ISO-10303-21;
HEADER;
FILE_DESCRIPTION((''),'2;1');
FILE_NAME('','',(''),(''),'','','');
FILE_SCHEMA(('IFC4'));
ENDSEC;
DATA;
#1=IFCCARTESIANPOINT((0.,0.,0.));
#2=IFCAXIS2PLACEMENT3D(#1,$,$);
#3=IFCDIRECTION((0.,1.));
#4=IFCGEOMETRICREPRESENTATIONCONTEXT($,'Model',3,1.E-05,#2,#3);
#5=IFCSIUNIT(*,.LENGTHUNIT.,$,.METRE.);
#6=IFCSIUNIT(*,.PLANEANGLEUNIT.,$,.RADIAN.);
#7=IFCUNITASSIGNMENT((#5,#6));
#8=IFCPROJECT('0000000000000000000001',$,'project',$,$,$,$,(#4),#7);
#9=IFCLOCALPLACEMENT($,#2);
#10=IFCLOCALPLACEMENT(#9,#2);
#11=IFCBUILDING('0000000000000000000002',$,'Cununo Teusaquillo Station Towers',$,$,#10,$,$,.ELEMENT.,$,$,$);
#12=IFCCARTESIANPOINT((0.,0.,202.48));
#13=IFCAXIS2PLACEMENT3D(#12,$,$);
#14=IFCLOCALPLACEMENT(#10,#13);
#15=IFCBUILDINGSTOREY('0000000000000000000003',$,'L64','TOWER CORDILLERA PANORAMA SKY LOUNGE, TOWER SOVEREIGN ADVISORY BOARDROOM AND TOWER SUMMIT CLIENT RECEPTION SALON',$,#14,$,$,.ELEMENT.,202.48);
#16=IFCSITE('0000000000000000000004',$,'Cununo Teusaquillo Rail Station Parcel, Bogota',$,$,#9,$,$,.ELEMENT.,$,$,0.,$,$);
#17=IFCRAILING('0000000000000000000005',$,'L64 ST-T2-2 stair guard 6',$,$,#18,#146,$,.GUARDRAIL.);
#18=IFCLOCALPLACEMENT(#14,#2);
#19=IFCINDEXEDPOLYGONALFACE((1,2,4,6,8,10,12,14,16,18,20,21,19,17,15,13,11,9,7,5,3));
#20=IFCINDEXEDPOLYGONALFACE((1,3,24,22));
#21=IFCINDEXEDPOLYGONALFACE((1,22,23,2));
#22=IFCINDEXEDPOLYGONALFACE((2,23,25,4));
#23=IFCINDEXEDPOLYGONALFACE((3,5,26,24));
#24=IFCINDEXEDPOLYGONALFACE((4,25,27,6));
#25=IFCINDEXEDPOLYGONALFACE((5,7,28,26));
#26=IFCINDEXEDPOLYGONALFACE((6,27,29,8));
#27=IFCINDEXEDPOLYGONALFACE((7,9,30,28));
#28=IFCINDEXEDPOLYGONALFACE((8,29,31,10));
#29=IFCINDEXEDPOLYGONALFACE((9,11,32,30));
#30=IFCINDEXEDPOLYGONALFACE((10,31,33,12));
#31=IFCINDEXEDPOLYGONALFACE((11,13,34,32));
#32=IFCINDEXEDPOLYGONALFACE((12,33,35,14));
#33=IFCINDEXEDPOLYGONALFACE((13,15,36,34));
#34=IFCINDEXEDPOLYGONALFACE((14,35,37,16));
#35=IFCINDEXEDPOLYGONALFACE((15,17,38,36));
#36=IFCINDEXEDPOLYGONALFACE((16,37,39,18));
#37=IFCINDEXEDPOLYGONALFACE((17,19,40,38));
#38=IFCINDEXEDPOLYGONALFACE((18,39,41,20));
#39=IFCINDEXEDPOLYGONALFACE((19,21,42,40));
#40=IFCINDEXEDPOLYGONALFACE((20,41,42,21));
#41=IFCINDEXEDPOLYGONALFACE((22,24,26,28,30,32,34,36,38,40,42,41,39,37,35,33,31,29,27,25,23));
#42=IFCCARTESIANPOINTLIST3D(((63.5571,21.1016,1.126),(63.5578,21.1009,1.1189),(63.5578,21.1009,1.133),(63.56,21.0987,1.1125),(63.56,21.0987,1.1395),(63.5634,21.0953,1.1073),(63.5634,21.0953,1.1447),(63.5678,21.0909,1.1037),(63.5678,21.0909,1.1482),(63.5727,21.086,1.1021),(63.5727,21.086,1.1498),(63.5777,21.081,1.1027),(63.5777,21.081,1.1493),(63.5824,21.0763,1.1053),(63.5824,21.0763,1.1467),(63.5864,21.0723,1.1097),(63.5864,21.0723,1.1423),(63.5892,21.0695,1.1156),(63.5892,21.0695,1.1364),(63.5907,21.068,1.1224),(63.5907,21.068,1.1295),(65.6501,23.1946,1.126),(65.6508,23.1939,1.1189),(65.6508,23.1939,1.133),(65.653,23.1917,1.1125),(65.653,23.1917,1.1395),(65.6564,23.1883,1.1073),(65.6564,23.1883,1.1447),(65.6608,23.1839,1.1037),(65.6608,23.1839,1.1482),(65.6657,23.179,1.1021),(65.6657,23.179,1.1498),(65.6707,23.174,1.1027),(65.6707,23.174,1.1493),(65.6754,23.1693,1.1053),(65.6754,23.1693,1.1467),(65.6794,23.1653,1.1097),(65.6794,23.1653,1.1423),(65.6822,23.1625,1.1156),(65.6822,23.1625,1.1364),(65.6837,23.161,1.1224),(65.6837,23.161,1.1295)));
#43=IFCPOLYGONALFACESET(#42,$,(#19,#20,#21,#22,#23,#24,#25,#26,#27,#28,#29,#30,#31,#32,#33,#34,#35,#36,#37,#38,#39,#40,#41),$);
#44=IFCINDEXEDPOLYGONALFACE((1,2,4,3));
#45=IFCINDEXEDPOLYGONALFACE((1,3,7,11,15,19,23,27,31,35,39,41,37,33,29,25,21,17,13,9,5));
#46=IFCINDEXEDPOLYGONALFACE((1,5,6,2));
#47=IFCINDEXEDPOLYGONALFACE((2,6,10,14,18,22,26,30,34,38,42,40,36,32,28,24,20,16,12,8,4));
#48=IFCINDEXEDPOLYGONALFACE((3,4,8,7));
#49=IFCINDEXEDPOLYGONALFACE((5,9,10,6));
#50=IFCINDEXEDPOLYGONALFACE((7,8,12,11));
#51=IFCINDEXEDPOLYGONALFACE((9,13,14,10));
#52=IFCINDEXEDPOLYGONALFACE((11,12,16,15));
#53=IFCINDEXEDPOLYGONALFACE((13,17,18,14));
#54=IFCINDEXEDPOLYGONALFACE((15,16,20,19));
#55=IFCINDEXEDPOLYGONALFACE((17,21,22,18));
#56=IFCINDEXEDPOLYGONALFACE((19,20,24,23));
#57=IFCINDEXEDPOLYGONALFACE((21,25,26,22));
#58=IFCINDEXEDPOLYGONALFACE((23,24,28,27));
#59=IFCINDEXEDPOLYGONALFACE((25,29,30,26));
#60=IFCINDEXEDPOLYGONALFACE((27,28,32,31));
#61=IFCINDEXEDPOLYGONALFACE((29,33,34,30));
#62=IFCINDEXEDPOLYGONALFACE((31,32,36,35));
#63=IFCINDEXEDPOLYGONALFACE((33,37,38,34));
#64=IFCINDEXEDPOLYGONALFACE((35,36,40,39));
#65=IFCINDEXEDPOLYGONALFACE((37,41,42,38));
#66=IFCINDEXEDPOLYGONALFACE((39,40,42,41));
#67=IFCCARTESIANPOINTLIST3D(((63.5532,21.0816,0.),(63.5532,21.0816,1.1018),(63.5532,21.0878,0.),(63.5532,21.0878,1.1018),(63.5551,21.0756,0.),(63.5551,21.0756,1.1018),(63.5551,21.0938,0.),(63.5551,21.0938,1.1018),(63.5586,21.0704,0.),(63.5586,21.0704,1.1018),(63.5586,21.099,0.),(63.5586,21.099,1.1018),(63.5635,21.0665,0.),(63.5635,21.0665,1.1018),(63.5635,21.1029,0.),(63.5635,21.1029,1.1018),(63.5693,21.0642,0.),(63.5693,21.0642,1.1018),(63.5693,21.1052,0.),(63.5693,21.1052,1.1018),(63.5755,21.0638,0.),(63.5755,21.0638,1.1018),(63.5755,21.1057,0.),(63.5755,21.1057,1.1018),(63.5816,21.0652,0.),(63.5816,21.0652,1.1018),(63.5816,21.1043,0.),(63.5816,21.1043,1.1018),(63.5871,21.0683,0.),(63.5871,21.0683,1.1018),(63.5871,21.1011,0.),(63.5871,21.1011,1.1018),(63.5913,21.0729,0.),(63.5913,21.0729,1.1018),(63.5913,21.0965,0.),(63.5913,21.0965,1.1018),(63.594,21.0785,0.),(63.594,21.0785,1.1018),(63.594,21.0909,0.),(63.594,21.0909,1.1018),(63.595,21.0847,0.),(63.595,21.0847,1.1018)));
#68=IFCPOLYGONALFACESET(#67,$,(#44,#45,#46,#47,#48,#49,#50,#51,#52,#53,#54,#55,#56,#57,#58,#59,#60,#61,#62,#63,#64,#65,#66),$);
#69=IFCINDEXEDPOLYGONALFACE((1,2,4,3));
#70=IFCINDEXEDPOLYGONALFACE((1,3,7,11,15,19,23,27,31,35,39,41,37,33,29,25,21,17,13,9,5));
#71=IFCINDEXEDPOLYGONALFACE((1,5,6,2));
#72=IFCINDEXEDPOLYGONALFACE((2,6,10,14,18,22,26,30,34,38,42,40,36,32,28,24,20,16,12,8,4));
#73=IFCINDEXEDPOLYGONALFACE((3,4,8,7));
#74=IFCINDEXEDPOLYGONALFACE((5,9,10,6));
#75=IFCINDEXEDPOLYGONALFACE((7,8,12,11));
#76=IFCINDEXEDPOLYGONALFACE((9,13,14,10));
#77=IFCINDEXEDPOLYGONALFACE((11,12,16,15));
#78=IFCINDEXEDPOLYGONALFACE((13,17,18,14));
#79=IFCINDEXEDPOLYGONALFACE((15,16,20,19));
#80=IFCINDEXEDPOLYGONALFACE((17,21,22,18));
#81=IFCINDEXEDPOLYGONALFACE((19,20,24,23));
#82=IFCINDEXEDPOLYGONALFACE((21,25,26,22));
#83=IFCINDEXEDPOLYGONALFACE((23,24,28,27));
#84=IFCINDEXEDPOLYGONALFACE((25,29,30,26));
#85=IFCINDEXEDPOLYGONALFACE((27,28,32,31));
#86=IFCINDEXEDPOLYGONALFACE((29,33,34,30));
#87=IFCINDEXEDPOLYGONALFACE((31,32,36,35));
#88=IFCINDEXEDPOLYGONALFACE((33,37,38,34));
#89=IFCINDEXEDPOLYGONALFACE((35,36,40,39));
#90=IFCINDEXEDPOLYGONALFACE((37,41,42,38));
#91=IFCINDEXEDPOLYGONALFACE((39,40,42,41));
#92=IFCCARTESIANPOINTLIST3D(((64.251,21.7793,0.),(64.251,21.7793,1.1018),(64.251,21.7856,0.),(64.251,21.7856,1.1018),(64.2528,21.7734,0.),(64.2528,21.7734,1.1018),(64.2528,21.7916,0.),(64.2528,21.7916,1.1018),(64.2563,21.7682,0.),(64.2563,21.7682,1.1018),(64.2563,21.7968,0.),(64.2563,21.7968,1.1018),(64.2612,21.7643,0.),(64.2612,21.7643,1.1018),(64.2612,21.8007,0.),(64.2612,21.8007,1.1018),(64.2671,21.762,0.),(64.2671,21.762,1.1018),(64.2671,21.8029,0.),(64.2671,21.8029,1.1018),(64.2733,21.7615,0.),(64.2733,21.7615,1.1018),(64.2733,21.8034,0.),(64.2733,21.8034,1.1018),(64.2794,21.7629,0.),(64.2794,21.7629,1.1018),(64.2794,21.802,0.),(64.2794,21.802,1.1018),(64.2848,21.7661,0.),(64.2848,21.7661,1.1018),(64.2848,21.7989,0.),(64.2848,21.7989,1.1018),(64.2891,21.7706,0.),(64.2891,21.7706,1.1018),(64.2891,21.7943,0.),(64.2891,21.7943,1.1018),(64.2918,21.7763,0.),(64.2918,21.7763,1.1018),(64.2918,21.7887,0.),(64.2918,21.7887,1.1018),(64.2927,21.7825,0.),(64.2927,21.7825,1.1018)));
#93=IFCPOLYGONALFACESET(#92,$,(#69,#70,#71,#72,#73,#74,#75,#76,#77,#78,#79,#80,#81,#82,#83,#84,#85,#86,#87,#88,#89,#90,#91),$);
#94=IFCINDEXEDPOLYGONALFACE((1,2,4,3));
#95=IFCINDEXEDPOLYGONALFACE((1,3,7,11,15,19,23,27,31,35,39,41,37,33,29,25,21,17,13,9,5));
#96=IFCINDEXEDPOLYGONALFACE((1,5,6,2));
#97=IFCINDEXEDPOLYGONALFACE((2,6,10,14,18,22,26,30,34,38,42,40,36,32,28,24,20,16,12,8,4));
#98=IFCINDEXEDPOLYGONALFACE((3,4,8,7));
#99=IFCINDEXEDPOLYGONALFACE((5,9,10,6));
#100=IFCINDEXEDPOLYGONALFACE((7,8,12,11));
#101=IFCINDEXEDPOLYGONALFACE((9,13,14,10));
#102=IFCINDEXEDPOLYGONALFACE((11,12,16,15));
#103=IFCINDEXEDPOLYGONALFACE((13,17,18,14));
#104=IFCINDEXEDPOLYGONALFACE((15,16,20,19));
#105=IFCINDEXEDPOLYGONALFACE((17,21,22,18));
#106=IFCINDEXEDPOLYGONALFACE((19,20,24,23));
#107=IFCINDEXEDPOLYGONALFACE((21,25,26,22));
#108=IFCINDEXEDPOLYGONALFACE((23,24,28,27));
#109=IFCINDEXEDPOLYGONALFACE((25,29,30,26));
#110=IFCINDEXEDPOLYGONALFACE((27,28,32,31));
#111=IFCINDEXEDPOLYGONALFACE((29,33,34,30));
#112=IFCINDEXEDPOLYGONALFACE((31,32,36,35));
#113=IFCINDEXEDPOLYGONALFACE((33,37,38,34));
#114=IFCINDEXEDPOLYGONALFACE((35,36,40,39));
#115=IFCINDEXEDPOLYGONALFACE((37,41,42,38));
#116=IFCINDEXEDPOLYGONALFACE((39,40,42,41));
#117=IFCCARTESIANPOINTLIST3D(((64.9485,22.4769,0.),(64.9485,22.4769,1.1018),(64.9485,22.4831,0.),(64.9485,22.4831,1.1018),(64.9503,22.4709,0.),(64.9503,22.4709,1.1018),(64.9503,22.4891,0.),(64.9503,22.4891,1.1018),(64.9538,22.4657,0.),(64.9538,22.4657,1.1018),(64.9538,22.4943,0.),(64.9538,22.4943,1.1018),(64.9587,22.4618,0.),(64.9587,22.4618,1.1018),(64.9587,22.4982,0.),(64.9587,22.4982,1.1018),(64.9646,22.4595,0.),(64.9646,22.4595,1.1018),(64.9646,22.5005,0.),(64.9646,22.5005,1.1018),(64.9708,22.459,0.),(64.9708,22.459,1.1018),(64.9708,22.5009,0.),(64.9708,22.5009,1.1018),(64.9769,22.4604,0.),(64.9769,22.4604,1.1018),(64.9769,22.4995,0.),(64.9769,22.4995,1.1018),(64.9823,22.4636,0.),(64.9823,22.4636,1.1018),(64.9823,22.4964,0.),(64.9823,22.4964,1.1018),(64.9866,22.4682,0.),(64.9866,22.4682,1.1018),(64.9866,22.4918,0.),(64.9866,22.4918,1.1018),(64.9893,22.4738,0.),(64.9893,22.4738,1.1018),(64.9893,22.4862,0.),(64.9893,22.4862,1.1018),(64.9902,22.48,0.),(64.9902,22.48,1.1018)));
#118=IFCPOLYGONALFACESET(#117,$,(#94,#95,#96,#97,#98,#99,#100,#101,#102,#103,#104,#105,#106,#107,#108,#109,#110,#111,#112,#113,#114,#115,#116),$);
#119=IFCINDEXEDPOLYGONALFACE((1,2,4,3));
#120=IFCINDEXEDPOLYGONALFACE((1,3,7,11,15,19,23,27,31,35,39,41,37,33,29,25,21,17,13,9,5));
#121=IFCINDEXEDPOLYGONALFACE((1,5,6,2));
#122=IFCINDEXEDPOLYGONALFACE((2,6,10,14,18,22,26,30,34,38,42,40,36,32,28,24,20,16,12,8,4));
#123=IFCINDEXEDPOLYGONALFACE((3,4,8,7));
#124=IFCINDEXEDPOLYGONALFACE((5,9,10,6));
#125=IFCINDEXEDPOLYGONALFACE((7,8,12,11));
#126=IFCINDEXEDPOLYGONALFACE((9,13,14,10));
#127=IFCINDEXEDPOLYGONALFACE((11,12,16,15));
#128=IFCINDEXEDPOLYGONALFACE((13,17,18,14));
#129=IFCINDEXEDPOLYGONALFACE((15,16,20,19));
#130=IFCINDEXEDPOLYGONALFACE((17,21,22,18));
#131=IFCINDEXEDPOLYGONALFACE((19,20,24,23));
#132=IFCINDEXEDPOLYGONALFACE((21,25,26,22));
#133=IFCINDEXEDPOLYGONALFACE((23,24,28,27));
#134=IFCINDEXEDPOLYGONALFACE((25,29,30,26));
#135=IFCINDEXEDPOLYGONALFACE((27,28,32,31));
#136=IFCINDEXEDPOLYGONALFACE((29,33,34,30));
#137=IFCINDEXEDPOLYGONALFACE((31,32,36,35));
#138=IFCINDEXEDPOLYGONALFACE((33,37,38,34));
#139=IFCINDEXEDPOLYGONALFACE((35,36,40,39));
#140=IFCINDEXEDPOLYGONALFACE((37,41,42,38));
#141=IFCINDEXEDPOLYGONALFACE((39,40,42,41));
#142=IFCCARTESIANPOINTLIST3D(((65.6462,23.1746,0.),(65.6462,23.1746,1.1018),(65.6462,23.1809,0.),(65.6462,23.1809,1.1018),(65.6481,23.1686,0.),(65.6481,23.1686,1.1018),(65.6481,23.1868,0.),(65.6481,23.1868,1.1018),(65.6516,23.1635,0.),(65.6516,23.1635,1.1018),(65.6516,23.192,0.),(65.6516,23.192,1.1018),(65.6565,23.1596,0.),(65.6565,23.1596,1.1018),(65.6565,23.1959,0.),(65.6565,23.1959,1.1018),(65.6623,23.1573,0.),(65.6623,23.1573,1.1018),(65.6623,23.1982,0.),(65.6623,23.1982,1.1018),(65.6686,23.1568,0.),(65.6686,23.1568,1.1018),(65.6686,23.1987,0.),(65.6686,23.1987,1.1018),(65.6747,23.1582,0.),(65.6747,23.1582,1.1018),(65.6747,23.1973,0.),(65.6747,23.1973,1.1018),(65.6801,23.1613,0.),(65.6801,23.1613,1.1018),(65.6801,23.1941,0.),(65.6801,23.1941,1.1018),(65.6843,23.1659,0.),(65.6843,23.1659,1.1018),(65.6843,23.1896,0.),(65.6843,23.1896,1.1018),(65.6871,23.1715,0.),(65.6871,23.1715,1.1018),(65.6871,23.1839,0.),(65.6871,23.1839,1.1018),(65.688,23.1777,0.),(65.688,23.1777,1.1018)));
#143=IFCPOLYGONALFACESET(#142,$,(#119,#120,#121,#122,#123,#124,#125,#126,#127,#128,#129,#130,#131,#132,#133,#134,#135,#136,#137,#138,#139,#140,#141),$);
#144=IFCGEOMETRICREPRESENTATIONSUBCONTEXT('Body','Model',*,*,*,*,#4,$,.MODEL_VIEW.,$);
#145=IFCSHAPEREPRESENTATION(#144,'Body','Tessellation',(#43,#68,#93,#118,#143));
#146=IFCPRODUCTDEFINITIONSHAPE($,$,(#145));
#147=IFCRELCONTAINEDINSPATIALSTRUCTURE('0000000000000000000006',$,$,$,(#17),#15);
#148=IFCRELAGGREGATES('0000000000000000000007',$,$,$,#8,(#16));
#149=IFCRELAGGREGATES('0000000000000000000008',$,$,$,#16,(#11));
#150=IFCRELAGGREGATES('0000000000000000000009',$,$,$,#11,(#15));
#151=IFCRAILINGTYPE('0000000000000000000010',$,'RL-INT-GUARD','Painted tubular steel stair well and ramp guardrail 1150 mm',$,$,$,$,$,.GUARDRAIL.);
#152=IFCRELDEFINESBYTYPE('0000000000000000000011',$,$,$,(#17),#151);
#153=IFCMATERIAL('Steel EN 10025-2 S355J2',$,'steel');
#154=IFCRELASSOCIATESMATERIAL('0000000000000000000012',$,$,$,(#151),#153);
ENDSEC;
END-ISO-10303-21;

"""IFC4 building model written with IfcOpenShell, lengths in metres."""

from ifc_helpers import new_model, si_unit, direction, frame, origin, origin_2d, place, context, subcontext, project, spatial, circle, extrude, material, type_object, element, save


model = new_model("IFC4")

# Units and contexts
model_context = context("Model", 3, precision=1e-05, world=origin(), true_north=direction((0.0, 1.0)))
body_context = subcontext(model_context, "Body", "Model", "MODEL_VIEW")
ifc_project = project(units=[si_unit("LENGTHUNIT", "METRE"), si_unit("PLANEANGLEUNIT", "RADIAN")], contexts=[model_context])

# Site, building, storey
site_placement = place(None, origin())
site = spatial("IfcSite", under=ifc_project, at=site_placement, Name="Cununo Teusaquillo Rail Station Parcel, Bogota", CompositionType="ELEMENT", RefElevation=0.0)
building_placement = place(site_placement, origin())
building = spatial("IfcBuilding", under=site, at=building_placement, Name="Cununo Teusaquillo Station Towers", CompositionType="ELEMENT")
storey_placement = place(building_placement, frame((0.0, 0.0, 202.48)))
storey = spatial("IfcBuildingStorey", under=building, at=storey_placement, Name="L64", Description="TOWER CORDILLERA PANORAMA SKY LOUNGE, TOWER SOVEREIGN ADVISORY BOARDROOM AND TOWER SUMMIT CLIENT RECEPTION SALON", CompositionType="ELEMENT", Elevation=202.48)

# Railing
ifc_material_1 = material(Name="Steel EN 10025-2 S355J2", Category="steel")
railing_type = type_object("IfcRailingType", Name="RL-INT-GUARD", Description="Painted tubular steel stair well and ramp guardrail 1150 mm", PredefinedType="GUARDRAIL", material=ifc_material_1)
railing_1_placement = place(storey_placement, frame((63.574, 21.0847, 0.0)))
element("IfcRailing", 1, at=railing_1_placement, inside=storey, type_object=railing_type, Name="L64 ST-T2-2 stair guard 6", PredefinedType="GUARDRAIL", context=body_context, shape_type="SweptSolid", body=[
    extrude(circle(Radius=0.0239, at=origin_2d()), frame((0.0, 0.0, 1.126), z_axis=(0.707107, 0.707107, 0.0), x_axis=(-0.707107, 0.707107, 0.0)), (0.0, 0.0, 1.0), 2.96),
    extrude(circle(Radius=0.021, at=origin_2d()), origin(), (0.0, 0.0, 1.0), 1.1018),
    extrude(circle(Radius=0.021, at=origin_2d()), frame((0.6978, 0.6978, 0.0)), (0.0, 0.0, 1.0), 1.1018),
    extrude(circle(Radius=0.021, at=origin_2d()), frame((1.3953, 1.3953, 0.0)), (0.0, 0.0, 1.0), 1.1018),
    extrude(circle(Radius=0.021, at=origin_2d()), frame((2.093, 2.093, 0.0)), (0.0, 0.0, 1.0), 1.1018),
])

save(model, "model.ifc")
